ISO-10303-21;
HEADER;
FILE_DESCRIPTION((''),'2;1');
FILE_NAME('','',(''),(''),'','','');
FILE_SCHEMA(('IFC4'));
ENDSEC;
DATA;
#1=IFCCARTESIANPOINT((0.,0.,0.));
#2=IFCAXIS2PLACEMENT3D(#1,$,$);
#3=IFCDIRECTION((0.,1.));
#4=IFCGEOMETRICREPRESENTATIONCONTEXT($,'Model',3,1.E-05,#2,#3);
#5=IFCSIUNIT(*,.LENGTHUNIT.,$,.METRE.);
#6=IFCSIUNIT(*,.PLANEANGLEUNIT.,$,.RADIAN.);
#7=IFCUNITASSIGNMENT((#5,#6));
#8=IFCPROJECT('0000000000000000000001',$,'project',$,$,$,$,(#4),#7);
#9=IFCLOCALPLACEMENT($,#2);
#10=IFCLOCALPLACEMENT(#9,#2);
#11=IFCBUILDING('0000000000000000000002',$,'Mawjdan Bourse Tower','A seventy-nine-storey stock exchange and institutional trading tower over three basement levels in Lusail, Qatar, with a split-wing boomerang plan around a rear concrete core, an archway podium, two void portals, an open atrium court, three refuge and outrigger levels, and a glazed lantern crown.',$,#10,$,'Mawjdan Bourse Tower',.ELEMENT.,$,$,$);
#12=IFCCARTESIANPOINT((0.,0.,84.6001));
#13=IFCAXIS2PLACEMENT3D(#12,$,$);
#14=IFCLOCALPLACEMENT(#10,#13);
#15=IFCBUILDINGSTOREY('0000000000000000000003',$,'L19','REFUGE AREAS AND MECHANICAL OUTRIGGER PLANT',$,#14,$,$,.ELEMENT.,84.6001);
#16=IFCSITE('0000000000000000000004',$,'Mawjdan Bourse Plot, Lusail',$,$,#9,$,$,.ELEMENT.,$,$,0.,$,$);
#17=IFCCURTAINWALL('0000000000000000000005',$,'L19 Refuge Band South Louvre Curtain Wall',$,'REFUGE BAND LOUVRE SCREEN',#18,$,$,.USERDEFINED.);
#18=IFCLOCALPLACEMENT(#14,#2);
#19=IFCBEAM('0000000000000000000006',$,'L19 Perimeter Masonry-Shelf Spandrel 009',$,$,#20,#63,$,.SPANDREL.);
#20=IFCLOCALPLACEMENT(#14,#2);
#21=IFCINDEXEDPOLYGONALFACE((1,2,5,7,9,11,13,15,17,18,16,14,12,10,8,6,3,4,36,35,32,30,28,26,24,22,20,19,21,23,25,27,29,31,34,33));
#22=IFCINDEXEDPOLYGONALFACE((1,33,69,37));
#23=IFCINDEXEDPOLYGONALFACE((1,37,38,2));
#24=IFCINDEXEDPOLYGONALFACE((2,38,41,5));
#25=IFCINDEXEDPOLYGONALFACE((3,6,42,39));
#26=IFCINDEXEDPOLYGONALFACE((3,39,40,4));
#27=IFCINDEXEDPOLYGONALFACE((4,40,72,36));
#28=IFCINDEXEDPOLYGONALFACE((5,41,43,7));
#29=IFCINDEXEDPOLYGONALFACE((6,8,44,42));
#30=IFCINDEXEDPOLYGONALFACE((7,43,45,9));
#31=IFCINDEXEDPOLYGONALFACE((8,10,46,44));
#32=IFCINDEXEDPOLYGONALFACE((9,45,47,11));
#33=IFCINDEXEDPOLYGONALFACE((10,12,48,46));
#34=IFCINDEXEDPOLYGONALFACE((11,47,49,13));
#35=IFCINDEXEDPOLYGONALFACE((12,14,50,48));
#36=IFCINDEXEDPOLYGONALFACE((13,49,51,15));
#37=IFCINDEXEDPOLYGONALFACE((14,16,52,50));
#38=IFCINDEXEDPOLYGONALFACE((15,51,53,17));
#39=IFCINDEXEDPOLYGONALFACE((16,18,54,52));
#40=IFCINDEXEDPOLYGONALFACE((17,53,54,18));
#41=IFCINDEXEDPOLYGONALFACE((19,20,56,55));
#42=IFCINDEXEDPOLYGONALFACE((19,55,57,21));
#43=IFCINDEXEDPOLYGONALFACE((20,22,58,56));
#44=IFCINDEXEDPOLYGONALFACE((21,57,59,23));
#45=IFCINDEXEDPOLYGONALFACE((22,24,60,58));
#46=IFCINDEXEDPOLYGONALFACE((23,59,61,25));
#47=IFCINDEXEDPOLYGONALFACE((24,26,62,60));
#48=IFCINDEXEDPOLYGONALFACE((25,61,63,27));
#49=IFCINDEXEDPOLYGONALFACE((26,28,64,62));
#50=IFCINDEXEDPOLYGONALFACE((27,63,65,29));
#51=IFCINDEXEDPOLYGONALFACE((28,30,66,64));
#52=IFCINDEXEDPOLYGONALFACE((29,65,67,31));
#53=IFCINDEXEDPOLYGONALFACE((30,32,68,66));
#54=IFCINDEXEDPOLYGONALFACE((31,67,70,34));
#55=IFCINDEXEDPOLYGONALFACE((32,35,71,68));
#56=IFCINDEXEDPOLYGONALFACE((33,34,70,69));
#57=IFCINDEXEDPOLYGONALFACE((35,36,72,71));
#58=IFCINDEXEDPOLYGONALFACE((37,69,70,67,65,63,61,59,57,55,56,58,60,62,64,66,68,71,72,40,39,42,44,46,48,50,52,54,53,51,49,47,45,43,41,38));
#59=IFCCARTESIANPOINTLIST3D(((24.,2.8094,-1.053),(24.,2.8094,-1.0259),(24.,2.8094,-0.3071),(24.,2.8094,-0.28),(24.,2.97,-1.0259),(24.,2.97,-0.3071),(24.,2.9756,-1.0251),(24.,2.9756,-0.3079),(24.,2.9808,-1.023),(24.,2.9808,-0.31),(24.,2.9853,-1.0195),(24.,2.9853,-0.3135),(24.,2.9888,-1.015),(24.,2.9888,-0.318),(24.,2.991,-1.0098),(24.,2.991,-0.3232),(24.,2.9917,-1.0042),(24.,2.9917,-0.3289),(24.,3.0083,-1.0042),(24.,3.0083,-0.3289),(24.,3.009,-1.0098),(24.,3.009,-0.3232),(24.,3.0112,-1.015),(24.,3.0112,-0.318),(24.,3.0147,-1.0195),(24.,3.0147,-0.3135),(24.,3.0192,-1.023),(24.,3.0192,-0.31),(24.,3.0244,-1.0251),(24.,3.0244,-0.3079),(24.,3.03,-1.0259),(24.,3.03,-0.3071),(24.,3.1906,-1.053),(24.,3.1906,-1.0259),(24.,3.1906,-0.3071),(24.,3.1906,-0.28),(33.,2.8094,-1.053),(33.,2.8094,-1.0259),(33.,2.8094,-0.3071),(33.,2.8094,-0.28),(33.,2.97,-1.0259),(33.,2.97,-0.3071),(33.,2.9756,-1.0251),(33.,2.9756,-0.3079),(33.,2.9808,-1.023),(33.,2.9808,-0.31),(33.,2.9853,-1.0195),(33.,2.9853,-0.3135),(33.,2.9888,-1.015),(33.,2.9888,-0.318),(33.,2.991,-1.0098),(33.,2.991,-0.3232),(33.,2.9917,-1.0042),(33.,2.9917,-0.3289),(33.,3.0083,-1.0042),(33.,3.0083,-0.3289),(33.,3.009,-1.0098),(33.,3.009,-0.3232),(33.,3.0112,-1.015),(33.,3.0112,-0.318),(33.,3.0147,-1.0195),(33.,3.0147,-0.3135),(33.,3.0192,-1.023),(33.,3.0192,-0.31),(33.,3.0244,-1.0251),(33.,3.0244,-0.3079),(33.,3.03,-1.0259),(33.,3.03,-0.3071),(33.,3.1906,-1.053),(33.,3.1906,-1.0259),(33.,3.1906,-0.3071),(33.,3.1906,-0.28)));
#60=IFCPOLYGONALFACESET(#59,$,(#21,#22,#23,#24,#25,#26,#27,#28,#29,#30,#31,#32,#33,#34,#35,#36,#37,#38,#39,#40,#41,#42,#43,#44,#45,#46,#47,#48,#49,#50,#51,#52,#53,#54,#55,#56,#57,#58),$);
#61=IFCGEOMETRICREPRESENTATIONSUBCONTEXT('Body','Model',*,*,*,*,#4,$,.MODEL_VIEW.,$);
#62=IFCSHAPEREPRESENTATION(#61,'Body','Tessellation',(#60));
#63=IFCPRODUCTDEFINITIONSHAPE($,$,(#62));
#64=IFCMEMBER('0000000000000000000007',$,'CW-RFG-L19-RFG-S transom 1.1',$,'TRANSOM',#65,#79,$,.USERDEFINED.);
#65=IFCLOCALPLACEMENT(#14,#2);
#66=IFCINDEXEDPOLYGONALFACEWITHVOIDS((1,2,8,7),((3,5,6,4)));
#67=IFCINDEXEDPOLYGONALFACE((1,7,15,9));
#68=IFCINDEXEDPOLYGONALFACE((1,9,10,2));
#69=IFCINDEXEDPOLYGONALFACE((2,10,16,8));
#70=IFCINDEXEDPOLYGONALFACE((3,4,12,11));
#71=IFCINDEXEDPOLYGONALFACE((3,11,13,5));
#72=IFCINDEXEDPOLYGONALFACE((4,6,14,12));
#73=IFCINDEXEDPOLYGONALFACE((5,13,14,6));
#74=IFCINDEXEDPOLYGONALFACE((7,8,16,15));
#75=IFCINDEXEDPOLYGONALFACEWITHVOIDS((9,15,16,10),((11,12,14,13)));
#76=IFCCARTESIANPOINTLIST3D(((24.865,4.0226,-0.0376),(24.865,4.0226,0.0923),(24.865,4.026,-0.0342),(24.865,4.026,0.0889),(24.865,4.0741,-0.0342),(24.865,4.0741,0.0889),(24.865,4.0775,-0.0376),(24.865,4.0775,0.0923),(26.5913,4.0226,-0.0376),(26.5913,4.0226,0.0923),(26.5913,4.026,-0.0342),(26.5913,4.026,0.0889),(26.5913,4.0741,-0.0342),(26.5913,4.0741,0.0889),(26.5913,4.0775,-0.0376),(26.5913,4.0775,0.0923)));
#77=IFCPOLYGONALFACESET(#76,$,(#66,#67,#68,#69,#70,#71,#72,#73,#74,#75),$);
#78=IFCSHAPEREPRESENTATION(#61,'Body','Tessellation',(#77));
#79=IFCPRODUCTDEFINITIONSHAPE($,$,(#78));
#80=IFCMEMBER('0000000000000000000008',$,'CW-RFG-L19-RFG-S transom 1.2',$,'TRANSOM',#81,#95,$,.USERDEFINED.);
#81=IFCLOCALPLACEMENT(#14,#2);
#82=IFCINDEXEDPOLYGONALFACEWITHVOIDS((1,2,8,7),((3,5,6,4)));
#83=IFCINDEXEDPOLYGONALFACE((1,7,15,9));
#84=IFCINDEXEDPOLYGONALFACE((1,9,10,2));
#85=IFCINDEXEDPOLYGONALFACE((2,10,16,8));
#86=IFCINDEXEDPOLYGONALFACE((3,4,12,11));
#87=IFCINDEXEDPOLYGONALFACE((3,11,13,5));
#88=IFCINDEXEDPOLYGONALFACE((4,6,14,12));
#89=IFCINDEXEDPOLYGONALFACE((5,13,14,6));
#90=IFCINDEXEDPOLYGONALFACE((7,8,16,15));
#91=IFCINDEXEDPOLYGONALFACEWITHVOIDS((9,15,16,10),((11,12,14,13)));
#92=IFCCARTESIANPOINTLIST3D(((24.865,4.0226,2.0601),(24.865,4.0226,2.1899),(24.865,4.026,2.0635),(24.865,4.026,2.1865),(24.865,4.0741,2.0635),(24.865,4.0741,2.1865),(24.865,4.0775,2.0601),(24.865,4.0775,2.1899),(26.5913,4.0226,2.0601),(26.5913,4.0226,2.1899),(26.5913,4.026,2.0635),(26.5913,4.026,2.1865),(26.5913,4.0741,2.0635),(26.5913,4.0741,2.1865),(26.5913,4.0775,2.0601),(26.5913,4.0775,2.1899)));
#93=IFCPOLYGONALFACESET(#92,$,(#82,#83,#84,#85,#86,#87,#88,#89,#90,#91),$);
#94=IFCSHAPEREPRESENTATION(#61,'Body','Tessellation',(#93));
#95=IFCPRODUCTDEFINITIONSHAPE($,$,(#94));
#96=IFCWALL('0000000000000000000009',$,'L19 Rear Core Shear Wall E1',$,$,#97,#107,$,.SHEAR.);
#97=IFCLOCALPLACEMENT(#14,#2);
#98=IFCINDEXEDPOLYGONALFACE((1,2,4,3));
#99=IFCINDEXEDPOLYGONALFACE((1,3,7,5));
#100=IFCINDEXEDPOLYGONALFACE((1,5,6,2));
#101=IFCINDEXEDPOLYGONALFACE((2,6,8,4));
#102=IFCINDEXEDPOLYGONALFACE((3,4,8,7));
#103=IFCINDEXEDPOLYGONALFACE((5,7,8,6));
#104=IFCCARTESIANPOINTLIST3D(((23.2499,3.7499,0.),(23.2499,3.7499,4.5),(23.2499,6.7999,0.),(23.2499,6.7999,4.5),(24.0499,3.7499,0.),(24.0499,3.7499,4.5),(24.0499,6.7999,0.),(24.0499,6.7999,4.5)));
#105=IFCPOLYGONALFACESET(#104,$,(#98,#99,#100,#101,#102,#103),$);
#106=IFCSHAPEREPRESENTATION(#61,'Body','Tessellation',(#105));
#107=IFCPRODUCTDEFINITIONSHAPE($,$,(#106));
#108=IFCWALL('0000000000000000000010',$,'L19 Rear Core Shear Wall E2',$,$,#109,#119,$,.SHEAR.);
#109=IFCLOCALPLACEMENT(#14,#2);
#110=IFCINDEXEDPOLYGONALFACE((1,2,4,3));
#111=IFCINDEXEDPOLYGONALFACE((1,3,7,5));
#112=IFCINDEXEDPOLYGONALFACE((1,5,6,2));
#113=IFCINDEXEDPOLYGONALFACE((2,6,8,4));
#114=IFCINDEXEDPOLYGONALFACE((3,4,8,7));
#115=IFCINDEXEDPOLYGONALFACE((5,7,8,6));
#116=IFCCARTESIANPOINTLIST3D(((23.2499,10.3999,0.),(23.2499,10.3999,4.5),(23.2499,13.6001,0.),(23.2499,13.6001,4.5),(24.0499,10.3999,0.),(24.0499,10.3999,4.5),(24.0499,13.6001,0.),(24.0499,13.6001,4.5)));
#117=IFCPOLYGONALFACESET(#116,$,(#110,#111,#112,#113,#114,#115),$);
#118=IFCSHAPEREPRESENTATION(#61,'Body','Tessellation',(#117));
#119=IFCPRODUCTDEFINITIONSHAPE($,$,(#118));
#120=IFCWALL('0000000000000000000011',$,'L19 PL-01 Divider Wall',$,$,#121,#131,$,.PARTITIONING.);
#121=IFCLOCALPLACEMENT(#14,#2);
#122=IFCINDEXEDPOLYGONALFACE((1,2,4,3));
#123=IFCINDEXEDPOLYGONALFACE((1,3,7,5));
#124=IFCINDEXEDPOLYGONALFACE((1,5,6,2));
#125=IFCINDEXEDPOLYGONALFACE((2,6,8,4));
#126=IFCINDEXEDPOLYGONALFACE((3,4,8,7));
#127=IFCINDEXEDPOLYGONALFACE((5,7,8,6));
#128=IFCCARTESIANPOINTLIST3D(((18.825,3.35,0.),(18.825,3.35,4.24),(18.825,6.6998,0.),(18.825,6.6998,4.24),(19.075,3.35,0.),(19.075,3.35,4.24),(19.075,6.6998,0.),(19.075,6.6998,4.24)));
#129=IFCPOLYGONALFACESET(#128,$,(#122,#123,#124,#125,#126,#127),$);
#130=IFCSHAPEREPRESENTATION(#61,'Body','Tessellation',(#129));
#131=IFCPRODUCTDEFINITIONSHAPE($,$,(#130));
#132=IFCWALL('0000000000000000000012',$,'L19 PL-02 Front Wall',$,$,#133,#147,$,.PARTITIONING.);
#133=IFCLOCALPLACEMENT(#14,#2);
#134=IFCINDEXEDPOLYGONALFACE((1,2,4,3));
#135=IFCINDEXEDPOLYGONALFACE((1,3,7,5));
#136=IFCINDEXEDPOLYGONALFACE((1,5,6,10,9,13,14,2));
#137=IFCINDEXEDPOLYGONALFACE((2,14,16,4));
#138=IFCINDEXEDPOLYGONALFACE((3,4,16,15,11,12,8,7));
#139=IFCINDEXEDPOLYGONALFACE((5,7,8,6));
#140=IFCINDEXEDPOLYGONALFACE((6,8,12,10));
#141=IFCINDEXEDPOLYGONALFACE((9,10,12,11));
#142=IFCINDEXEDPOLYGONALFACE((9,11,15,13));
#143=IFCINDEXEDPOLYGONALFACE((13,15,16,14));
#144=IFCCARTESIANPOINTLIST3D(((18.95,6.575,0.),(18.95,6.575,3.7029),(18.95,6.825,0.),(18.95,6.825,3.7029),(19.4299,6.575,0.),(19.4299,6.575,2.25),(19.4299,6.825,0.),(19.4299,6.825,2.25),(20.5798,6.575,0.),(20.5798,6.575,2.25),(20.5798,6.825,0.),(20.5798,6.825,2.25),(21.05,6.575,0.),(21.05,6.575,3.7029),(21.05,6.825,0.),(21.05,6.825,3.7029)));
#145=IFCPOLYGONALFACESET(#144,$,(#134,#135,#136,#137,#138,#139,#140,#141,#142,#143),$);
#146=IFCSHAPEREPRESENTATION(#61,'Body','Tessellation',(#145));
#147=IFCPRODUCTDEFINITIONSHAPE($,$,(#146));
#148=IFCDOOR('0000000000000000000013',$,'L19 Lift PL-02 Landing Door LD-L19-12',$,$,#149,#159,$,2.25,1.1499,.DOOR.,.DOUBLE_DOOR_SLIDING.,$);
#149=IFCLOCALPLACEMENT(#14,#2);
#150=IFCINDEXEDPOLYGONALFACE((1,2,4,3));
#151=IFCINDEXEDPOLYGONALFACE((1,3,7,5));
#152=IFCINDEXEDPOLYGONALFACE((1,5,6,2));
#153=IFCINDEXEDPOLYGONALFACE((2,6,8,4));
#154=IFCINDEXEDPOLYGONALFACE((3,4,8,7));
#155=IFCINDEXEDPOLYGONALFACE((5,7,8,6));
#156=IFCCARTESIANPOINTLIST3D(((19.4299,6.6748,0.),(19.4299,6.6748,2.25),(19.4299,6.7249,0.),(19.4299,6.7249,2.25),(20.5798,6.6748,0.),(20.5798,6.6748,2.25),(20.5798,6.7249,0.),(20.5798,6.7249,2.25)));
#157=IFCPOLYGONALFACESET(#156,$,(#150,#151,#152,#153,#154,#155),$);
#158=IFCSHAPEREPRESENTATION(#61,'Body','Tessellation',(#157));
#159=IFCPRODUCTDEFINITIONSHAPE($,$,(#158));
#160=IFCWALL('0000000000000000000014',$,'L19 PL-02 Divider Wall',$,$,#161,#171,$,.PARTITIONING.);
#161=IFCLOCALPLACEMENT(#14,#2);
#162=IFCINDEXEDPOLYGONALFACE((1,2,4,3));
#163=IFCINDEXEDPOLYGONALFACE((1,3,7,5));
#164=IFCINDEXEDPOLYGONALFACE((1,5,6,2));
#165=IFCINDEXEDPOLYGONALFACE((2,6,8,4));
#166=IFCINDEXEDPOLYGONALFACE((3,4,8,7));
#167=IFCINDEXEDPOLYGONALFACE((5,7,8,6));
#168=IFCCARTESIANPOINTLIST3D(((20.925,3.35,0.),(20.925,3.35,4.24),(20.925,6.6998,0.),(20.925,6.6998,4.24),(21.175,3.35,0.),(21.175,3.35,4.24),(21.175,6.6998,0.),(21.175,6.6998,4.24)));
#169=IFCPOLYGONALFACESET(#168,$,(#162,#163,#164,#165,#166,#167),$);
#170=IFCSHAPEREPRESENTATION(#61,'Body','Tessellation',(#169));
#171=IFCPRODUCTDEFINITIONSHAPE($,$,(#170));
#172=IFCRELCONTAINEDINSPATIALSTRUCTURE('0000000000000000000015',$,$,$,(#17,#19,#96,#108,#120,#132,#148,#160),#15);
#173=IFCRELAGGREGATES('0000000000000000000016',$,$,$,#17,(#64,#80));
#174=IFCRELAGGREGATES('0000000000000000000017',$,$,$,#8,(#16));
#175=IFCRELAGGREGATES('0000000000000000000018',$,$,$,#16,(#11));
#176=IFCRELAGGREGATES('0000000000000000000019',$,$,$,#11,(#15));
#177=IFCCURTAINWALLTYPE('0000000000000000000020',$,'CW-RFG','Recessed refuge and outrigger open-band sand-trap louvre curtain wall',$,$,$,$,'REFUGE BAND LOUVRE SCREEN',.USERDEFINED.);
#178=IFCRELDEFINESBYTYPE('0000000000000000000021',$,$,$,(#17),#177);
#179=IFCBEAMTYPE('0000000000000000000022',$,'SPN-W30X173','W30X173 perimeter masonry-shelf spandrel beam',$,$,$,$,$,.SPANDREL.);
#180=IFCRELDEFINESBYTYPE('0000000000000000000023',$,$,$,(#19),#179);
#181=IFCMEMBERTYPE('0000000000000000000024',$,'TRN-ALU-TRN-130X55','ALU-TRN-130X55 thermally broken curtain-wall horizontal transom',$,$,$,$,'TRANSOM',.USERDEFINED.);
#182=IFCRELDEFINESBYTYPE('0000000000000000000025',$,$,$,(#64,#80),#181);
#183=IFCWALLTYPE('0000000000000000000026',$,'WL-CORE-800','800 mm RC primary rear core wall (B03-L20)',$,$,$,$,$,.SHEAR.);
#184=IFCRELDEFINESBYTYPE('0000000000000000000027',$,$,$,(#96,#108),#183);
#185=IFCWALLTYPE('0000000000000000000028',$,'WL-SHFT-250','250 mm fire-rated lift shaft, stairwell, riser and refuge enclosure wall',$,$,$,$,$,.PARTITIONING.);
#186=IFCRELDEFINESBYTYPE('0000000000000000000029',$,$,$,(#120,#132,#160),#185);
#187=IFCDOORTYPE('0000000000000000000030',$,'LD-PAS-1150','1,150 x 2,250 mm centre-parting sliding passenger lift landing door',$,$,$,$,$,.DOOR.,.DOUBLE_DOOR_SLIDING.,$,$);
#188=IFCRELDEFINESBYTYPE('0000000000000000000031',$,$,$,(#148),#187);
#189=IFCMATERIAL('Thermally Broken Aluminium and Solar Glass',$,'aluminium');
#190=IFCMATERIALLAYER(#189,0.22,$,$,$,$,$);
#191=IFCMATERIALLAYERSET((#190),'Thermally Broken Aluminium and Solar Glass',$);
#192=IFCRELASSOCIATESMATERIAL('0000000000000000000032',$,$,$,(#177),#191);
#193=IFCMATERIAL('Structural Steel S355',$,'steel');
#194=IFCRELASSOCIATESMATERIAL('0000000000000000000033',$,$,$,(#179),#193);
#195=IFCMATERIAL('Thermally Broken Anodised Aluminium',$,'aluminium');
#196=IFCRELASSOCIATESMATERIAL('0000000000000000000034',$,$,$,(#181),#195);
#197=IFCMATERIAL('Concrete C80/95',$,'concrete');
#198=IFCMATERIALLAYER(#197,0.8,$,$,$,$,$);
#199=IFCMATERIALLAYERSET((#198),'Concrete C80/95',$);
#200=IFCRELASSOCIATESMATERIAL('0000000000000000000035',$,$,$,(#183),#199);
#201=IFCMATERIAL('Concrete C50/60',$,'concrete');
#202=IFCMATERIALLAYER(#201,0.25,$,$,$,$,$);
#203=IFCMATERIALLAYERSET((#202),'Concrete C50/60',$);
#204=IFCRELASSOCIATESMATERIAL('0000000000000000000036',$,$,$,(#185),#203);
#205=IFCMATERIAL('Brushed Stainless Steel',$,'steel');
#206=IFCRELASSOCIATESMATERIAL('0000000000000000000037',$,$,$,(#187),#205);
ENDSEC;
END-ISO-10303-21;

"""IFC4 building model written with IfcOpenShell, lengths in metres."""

from ifc_helpers import new_model, si_unit, direction, frame, frame_2d, origin, origin_2d, place, context, subcontext, project, spatial, rectangle, hollow_rectangle, i_section, extrude, material, layer, layer_set, material_profile, profile_set, type_object, element, fill, aggregate, save


model = new_model("IFC4")

# Units and contexts
model_context = context("Model", 3, precision=1e-05, world=origin(), true_north=direction((0.0, 1.0)))
body_context = subcontext(model_context, "Body", "Model", "MODEL_VIEW")
ifc_project = project(units=[si_unit("LENGTHUNIT", "METRE"), si_unit("PLANEANGLEUNIT", "RADIAN")], contexts=[model_context])

# Site, building, storey
site_placement = place(None, origin())
site = spatial("IfcSite", under=ifc_project, at=site_placement, Name="Mawjdan Bourse Plot, Lusail", CompositionType="ELEMENT", RefElevation=0.0)
building_placement = place(site_placement, origin())
building = spatial("IfcBuilding", under=site, at=building_placement, Name="Mawjdan Bourse Tower", Description="A seventy-nine-storey stock exchange and institutional trading tower over three basement levels in Lusail, Qatar, with a split-wing boomerang plan around a rear concrete core, an archway podium, two void portals, an open atrium court, three refuge and outrigger levels, and a glazed lantern crown.", LongName="Mawjdan Bourse Tower", CompositionType="ELEMENT")
storey_placement = place(building_placement, frame((0.0, 0.0, 84.6001)))
storey = spatial("IfcBuildingStorey", under=building, at=storey_placement, Name="L19", Description="REFUGE AREAS AND MECHANICAL OUTRIGGER PLANT", CompositionType="ELEMENT", Elevation=84.6001)

# Shared definitions
ifc_material_1 = material(Name="Concrete C80/95", Category="concrete")

# Shared definitions
ifc_material_2 = material(Name="Structural Steel S355", Category="steel")

# Curtain wall
ifc_material_3 = material(Name="Thermally Broken Aluminium and Solar Glass", Category="aluminium")
ifc_layer_1 = layer(ifc_material_3, 0.22)
ifc_layer_set_1 = layer_set([ifc_layer_1], Name="Thermally Broken Aluminium and Solar Glass")
curtain_wall_type = type_object("IfcCurtainWallType", Name="CW-RFG", Description="Recessed refuge and outrigger open-band sand-trap louvre curtain wall", ElementType="REFUGE BAND LOUVRE SCREEN", PredefinedType="USERDEFINED", material=ifc_layer_set_1)
curtain_wall_placement = place(storey_placement, origin())
curtain_wall = element("IfcCurtainWall", 1, at=curtain_wall_placement, inside=storey, type_object=curtain_wall_type, Name="L19 Refuge Band South Louvre Curtain Wall", ObjectType="REFUGE BAND LOUVRE SCREEN", PredefinedType="USERDEFINED")
ifc_material_4 = material(Name="Thermally Broken Anodised Aluminium", Category="aluminium")

# Beam
ifc_material_profile_1 = material_profile(ifc_material_2, i_section(OverallWidth=0.3811, OverallDepth=0.7729, WebThickness=0.0166, FlangeThickness=0.0271, FilletRadius=0.0217, at=origin_2d()), Name="W30X173")
ifc_profile_set_1 = profile_set([ifc_material_profile_1], Name="Structural Steel S355")
beam_type_1 = type_object("IfcBeamType", Name="SPN-W30X173", Description="W30X173 perimeter masonry-shelf spandrel beam", PredefinedType="SPANDREL", material=ifc_profile_set_1)
beam_1_placement = place(storey_placement, frame((24.0, 3.0, -0.6665), z_axis=(1.0, 0.0, 0.0), x_axis=(0.0, 1.0, 0.0)))
element("IfcBeam", 2, at=beam_1_placement, inside=storey, type_object=beam_type_1, Name="L19 Perimeter Masonry-Shelf Spandrel 009", PredefinedType="SPANDREL", context=body_context, shape_type="SweptSolid", body=[
    extrude(i_section(OverallWidth=0.3811, OverallDepth=0.7729, WebThickness=0.0166, FlangeThickness=0.0271, FilletRadius=0.0217, at=origin_2d()), origin(), (0.0, 0.0, 1.0), 9.0),
])

# Members
ifc_material_profile_2 = material_profile(ifc_material_4, hollow_rectangle(XDim=0.0549, YDim=0.1299, WallThickness=0.0034, at=origin_2d()), Name="ALU-TRN-130X55")
ifc_profile_set_2 = profile_set([ifc_material_profile_2], Name="Thermally Broken Anodised Aluminium")
member_type_1 = type_object("IfcMemberType", Name="TRN-ALU-TRN-130X55", Description="ALU-TRN-130X55 thermally broken curtain-wall horizontal transom", ElementType="TRANSOM", PredefinedType="USERDEFINED", material=ifc_profile_set_2)
member_1_placement = place(storey_placement, frame((24.865, 4.05, 0.0273), z_axis=(1.0, 0.0, 0.0), x_axis=(0.0, 1.0, 0.0)))
member_1 = element("IfcMember", 3, at=member_1_placement, type_object=member_type_1, Name="CW-RFG-L19-RFG-S transom 1.1", ObjectType="TRANSOM", PredefinedType="USERDEFINED", context=body_context, shape_type="SweptSolid", body=[
    extrude(hollow_rectangle(XDim=0.0549, YDim=0.1299, WallThickness=0.0034, at=origin_2d()), origin(), (0.0, 0.0, 1.0), 1.7263),
])
member_2_placement = place(storey_placement, frame((24.865, 4.05, 2.125), z_axis=(1.0, 0.0, 0.0), x_axis=(0.0, 1.0, 0.0)))
member_2 = element("IfcMember", 4, at=member_2_placement, type_object=member_type_1, Name="CW-RFG-L19-RFG-S transom 1.2", ObjectType="TRANSOM", PredefinedType="USERDEFINED", context=body_context, shape_type="SweptSolid", body=[
    extrude(hollow_rectangle(XDim=0.0549, YDim=0.1299, WallThickness=0.0034, at=origin_2d()), origin(), (0.0, 0.0, 1.0), 1.7263),
])
aggregate(curtain_wall, [member_1, member_2])

# Walls
ifc_layer_2 = layer(ifc_material_1, 0.8)
ifc_layer_set_2 = layer_set([ifc_layer_2], Name="Concrete C80/95")
wall_type_1 = type_object("IfcWallType", Name="WL-CORE-800", Description="800 mm RC primary rear core wall (B03-L20)", PredefinedType="SHEAR", material=ifc_layer_set_2)
wall_1_placement = place(storey_placement, frame((23.6499, 3.75, 0.0), z_axis=(0.0, 0.0, 1.0), x_axis=(0.0, 1.0, 0.0)))
element("IfcWall", 5, at=wall_1_placement, inside=storey, type_object=wall_type_1, Name="L19 Rear Core Shear Wall E1", PredefinedType="SHEAR", context=body_context, shape_type="SweptSolid", body=[
    extrude(rectangle(XDim=3.05, YDim=0.8, at=frame_2d((1.5249, 0.0))), origin(), (0.0, 0.0, 1.0), 4.5),
])
wall_2_placement = place(storey_placement, frame((23.6499, 10.3999, 0.0), z_axis=(0.0, 0.0, 1.0), x_axis=(0.0, 1.0, 0.0)))
element("IfcWall", 6, at=wall_2_placement, inside=storey, type_object=wall_type_1, Name="L19 Rear Core Shear Wall E2", PredefinedType="SHEAR", context=body_context, shape_type="SweptSolid", body=[
    extrude(rectangle(XDim=3.2002, YDim=0.8, at=frame_2d((1.6001, 0.0))), origin(), (0.0, 0.0, 1.0), 4.5),
])
ifc_material_5 = material(Name="Concrete C50/60", Category="concrete")
ifc_layer_3 = layer(ifc_material_5, 0.25)
ifc_layer_set_3 = layer_set([ifc_layer_3], Name="Concrete C50/60")
wall_type_2 = type_object("IfcWallType", Name="WL-SHFT-250", Description="250 mm fire-rated lift shaft, stairwell, riser and refuge enclosure wall", PredefinedType="PARTITIONING", material=ifc_layer_set_3)
wall_3_placement = place(storey_placement, frame((18.95, 3.3501, 0.0), z_axis=(0.0, 0.0, 1.0), x_axis=(0.0, 1.0, 0.0)))
element("IfcWall", 7, at=wall_3_placement, inside=storey, type_object=wall_type_2, Name="L19 PL-01 Divider Wall", PredefinedType="PARTITIONING", context=body_context, shape_type="SweptSolid", body=[
    extrude(rectangle(XDim=3.3499, YDim=0.25, at=frame_2d((1.6748, 0.0))), origin(), (0.0, 0.0, 1.0), 4.24),
])

# Wall, opening, door
wall_4_placement = place(storey_placement, frame((18.95, 6.7, 0.0), z_axis=(0.0, 0.0, 1.0), x_axis=(1.0, 0.0, 0.0)))
wall_4 = element("IfcWall", 8, at=wall_4_placement, inside=storey, type_object=wall_type_2, Name="L19 PL-02 Front Wall", PredefinedType="PARTITIONING", context=body_context, shape_type="SweptSolid", body=[
    extrude(rectangle(XDim=2.1001, YDim=0.25, at=frame_2d((1.05, 0.0))), origin(), (0.0, 0.0, 1.0), 3.7029),
])
opening_1_placement = place(wall_4_placement, frame((0.48, 0.0, 0.0)))
opening_1 = element("IfcOpeningElement", 9, at=opening_1_placement, cuts=wall_4, PredefinedType="OPENING", context=body_context, shape_type="SweptSolid", body=[
    extrude(rectangle(XDim=1.1499, YDim=2.25, at=frame_2d((0.575, 1.125))), frame((0.0, 0.135, 0.0), z_axis=(0.0, -1.0, 0.0), x_axis=(1.0, 0.0, 0.0)), (0.0, 0.0, 1.0), 0.27),
])
ifc_material_6 = material(Name="Brushed Stainless Steel", Category="steel")
door_type = type_object("IfcDoorType", Name="LD-PAS-1150", Description="1,150 x 2,250 mm centre-parting sliding passenger lift landing door", OperationType="DOUBLE_DOOR_SLIDING", PredefinedType="DOOR", material=ifc_material_6)
door_1_placement = place(opening_1_placement, origin())
door_1 = element("IfcDoor", 10, at=door_1_placement, inside=storey, type_object=door_type, Name="L19 Lift PL-02 Landing Door LD-L19-12", OperationType="DOUBLE_DOOR_SLIDING", OverallHeight=2.25, OverallWidth=1.1499, PredefinedType="DOOR", context=body_context, shape_type="SweptSolid", body=[
    extrude(rectangle(XDim=1.1499, YDim=2.25, at=frame_2d((0.575, 1.125))), frame((0.0, 0.0249, 0.0), z_axis=(0.0, -1.0, 0.0), x_axis=(1.0, 0.0, 0.0)), (0.0, 0.0, 1.0), 0.05),
])
fill(opening_1, door_1)

# Wall
wall_5_placement = place(storey_placement, frame((21.05, 3.3501, 0.0), z_axis=(0.0, 0.0, 1.0), x_axis=(0.0, 1.0, 0.0)))
element("IfcWall", 11, at=wall_5_placement, inside=storey, type_object=wall_type_2, Name="L19 PL-02 Divider Wall", PredefinedType="PARTITIONING", context=body_context, shape_type="SweptSolid", body=[
    extrude(rectangle(XDim=3.3499, YDim=0.25, at=frame_2d((1.6748, 0.0))), origin(), (0.0, 0.0, 1.0), 4.24),
])

save(model, "model.ifc")
